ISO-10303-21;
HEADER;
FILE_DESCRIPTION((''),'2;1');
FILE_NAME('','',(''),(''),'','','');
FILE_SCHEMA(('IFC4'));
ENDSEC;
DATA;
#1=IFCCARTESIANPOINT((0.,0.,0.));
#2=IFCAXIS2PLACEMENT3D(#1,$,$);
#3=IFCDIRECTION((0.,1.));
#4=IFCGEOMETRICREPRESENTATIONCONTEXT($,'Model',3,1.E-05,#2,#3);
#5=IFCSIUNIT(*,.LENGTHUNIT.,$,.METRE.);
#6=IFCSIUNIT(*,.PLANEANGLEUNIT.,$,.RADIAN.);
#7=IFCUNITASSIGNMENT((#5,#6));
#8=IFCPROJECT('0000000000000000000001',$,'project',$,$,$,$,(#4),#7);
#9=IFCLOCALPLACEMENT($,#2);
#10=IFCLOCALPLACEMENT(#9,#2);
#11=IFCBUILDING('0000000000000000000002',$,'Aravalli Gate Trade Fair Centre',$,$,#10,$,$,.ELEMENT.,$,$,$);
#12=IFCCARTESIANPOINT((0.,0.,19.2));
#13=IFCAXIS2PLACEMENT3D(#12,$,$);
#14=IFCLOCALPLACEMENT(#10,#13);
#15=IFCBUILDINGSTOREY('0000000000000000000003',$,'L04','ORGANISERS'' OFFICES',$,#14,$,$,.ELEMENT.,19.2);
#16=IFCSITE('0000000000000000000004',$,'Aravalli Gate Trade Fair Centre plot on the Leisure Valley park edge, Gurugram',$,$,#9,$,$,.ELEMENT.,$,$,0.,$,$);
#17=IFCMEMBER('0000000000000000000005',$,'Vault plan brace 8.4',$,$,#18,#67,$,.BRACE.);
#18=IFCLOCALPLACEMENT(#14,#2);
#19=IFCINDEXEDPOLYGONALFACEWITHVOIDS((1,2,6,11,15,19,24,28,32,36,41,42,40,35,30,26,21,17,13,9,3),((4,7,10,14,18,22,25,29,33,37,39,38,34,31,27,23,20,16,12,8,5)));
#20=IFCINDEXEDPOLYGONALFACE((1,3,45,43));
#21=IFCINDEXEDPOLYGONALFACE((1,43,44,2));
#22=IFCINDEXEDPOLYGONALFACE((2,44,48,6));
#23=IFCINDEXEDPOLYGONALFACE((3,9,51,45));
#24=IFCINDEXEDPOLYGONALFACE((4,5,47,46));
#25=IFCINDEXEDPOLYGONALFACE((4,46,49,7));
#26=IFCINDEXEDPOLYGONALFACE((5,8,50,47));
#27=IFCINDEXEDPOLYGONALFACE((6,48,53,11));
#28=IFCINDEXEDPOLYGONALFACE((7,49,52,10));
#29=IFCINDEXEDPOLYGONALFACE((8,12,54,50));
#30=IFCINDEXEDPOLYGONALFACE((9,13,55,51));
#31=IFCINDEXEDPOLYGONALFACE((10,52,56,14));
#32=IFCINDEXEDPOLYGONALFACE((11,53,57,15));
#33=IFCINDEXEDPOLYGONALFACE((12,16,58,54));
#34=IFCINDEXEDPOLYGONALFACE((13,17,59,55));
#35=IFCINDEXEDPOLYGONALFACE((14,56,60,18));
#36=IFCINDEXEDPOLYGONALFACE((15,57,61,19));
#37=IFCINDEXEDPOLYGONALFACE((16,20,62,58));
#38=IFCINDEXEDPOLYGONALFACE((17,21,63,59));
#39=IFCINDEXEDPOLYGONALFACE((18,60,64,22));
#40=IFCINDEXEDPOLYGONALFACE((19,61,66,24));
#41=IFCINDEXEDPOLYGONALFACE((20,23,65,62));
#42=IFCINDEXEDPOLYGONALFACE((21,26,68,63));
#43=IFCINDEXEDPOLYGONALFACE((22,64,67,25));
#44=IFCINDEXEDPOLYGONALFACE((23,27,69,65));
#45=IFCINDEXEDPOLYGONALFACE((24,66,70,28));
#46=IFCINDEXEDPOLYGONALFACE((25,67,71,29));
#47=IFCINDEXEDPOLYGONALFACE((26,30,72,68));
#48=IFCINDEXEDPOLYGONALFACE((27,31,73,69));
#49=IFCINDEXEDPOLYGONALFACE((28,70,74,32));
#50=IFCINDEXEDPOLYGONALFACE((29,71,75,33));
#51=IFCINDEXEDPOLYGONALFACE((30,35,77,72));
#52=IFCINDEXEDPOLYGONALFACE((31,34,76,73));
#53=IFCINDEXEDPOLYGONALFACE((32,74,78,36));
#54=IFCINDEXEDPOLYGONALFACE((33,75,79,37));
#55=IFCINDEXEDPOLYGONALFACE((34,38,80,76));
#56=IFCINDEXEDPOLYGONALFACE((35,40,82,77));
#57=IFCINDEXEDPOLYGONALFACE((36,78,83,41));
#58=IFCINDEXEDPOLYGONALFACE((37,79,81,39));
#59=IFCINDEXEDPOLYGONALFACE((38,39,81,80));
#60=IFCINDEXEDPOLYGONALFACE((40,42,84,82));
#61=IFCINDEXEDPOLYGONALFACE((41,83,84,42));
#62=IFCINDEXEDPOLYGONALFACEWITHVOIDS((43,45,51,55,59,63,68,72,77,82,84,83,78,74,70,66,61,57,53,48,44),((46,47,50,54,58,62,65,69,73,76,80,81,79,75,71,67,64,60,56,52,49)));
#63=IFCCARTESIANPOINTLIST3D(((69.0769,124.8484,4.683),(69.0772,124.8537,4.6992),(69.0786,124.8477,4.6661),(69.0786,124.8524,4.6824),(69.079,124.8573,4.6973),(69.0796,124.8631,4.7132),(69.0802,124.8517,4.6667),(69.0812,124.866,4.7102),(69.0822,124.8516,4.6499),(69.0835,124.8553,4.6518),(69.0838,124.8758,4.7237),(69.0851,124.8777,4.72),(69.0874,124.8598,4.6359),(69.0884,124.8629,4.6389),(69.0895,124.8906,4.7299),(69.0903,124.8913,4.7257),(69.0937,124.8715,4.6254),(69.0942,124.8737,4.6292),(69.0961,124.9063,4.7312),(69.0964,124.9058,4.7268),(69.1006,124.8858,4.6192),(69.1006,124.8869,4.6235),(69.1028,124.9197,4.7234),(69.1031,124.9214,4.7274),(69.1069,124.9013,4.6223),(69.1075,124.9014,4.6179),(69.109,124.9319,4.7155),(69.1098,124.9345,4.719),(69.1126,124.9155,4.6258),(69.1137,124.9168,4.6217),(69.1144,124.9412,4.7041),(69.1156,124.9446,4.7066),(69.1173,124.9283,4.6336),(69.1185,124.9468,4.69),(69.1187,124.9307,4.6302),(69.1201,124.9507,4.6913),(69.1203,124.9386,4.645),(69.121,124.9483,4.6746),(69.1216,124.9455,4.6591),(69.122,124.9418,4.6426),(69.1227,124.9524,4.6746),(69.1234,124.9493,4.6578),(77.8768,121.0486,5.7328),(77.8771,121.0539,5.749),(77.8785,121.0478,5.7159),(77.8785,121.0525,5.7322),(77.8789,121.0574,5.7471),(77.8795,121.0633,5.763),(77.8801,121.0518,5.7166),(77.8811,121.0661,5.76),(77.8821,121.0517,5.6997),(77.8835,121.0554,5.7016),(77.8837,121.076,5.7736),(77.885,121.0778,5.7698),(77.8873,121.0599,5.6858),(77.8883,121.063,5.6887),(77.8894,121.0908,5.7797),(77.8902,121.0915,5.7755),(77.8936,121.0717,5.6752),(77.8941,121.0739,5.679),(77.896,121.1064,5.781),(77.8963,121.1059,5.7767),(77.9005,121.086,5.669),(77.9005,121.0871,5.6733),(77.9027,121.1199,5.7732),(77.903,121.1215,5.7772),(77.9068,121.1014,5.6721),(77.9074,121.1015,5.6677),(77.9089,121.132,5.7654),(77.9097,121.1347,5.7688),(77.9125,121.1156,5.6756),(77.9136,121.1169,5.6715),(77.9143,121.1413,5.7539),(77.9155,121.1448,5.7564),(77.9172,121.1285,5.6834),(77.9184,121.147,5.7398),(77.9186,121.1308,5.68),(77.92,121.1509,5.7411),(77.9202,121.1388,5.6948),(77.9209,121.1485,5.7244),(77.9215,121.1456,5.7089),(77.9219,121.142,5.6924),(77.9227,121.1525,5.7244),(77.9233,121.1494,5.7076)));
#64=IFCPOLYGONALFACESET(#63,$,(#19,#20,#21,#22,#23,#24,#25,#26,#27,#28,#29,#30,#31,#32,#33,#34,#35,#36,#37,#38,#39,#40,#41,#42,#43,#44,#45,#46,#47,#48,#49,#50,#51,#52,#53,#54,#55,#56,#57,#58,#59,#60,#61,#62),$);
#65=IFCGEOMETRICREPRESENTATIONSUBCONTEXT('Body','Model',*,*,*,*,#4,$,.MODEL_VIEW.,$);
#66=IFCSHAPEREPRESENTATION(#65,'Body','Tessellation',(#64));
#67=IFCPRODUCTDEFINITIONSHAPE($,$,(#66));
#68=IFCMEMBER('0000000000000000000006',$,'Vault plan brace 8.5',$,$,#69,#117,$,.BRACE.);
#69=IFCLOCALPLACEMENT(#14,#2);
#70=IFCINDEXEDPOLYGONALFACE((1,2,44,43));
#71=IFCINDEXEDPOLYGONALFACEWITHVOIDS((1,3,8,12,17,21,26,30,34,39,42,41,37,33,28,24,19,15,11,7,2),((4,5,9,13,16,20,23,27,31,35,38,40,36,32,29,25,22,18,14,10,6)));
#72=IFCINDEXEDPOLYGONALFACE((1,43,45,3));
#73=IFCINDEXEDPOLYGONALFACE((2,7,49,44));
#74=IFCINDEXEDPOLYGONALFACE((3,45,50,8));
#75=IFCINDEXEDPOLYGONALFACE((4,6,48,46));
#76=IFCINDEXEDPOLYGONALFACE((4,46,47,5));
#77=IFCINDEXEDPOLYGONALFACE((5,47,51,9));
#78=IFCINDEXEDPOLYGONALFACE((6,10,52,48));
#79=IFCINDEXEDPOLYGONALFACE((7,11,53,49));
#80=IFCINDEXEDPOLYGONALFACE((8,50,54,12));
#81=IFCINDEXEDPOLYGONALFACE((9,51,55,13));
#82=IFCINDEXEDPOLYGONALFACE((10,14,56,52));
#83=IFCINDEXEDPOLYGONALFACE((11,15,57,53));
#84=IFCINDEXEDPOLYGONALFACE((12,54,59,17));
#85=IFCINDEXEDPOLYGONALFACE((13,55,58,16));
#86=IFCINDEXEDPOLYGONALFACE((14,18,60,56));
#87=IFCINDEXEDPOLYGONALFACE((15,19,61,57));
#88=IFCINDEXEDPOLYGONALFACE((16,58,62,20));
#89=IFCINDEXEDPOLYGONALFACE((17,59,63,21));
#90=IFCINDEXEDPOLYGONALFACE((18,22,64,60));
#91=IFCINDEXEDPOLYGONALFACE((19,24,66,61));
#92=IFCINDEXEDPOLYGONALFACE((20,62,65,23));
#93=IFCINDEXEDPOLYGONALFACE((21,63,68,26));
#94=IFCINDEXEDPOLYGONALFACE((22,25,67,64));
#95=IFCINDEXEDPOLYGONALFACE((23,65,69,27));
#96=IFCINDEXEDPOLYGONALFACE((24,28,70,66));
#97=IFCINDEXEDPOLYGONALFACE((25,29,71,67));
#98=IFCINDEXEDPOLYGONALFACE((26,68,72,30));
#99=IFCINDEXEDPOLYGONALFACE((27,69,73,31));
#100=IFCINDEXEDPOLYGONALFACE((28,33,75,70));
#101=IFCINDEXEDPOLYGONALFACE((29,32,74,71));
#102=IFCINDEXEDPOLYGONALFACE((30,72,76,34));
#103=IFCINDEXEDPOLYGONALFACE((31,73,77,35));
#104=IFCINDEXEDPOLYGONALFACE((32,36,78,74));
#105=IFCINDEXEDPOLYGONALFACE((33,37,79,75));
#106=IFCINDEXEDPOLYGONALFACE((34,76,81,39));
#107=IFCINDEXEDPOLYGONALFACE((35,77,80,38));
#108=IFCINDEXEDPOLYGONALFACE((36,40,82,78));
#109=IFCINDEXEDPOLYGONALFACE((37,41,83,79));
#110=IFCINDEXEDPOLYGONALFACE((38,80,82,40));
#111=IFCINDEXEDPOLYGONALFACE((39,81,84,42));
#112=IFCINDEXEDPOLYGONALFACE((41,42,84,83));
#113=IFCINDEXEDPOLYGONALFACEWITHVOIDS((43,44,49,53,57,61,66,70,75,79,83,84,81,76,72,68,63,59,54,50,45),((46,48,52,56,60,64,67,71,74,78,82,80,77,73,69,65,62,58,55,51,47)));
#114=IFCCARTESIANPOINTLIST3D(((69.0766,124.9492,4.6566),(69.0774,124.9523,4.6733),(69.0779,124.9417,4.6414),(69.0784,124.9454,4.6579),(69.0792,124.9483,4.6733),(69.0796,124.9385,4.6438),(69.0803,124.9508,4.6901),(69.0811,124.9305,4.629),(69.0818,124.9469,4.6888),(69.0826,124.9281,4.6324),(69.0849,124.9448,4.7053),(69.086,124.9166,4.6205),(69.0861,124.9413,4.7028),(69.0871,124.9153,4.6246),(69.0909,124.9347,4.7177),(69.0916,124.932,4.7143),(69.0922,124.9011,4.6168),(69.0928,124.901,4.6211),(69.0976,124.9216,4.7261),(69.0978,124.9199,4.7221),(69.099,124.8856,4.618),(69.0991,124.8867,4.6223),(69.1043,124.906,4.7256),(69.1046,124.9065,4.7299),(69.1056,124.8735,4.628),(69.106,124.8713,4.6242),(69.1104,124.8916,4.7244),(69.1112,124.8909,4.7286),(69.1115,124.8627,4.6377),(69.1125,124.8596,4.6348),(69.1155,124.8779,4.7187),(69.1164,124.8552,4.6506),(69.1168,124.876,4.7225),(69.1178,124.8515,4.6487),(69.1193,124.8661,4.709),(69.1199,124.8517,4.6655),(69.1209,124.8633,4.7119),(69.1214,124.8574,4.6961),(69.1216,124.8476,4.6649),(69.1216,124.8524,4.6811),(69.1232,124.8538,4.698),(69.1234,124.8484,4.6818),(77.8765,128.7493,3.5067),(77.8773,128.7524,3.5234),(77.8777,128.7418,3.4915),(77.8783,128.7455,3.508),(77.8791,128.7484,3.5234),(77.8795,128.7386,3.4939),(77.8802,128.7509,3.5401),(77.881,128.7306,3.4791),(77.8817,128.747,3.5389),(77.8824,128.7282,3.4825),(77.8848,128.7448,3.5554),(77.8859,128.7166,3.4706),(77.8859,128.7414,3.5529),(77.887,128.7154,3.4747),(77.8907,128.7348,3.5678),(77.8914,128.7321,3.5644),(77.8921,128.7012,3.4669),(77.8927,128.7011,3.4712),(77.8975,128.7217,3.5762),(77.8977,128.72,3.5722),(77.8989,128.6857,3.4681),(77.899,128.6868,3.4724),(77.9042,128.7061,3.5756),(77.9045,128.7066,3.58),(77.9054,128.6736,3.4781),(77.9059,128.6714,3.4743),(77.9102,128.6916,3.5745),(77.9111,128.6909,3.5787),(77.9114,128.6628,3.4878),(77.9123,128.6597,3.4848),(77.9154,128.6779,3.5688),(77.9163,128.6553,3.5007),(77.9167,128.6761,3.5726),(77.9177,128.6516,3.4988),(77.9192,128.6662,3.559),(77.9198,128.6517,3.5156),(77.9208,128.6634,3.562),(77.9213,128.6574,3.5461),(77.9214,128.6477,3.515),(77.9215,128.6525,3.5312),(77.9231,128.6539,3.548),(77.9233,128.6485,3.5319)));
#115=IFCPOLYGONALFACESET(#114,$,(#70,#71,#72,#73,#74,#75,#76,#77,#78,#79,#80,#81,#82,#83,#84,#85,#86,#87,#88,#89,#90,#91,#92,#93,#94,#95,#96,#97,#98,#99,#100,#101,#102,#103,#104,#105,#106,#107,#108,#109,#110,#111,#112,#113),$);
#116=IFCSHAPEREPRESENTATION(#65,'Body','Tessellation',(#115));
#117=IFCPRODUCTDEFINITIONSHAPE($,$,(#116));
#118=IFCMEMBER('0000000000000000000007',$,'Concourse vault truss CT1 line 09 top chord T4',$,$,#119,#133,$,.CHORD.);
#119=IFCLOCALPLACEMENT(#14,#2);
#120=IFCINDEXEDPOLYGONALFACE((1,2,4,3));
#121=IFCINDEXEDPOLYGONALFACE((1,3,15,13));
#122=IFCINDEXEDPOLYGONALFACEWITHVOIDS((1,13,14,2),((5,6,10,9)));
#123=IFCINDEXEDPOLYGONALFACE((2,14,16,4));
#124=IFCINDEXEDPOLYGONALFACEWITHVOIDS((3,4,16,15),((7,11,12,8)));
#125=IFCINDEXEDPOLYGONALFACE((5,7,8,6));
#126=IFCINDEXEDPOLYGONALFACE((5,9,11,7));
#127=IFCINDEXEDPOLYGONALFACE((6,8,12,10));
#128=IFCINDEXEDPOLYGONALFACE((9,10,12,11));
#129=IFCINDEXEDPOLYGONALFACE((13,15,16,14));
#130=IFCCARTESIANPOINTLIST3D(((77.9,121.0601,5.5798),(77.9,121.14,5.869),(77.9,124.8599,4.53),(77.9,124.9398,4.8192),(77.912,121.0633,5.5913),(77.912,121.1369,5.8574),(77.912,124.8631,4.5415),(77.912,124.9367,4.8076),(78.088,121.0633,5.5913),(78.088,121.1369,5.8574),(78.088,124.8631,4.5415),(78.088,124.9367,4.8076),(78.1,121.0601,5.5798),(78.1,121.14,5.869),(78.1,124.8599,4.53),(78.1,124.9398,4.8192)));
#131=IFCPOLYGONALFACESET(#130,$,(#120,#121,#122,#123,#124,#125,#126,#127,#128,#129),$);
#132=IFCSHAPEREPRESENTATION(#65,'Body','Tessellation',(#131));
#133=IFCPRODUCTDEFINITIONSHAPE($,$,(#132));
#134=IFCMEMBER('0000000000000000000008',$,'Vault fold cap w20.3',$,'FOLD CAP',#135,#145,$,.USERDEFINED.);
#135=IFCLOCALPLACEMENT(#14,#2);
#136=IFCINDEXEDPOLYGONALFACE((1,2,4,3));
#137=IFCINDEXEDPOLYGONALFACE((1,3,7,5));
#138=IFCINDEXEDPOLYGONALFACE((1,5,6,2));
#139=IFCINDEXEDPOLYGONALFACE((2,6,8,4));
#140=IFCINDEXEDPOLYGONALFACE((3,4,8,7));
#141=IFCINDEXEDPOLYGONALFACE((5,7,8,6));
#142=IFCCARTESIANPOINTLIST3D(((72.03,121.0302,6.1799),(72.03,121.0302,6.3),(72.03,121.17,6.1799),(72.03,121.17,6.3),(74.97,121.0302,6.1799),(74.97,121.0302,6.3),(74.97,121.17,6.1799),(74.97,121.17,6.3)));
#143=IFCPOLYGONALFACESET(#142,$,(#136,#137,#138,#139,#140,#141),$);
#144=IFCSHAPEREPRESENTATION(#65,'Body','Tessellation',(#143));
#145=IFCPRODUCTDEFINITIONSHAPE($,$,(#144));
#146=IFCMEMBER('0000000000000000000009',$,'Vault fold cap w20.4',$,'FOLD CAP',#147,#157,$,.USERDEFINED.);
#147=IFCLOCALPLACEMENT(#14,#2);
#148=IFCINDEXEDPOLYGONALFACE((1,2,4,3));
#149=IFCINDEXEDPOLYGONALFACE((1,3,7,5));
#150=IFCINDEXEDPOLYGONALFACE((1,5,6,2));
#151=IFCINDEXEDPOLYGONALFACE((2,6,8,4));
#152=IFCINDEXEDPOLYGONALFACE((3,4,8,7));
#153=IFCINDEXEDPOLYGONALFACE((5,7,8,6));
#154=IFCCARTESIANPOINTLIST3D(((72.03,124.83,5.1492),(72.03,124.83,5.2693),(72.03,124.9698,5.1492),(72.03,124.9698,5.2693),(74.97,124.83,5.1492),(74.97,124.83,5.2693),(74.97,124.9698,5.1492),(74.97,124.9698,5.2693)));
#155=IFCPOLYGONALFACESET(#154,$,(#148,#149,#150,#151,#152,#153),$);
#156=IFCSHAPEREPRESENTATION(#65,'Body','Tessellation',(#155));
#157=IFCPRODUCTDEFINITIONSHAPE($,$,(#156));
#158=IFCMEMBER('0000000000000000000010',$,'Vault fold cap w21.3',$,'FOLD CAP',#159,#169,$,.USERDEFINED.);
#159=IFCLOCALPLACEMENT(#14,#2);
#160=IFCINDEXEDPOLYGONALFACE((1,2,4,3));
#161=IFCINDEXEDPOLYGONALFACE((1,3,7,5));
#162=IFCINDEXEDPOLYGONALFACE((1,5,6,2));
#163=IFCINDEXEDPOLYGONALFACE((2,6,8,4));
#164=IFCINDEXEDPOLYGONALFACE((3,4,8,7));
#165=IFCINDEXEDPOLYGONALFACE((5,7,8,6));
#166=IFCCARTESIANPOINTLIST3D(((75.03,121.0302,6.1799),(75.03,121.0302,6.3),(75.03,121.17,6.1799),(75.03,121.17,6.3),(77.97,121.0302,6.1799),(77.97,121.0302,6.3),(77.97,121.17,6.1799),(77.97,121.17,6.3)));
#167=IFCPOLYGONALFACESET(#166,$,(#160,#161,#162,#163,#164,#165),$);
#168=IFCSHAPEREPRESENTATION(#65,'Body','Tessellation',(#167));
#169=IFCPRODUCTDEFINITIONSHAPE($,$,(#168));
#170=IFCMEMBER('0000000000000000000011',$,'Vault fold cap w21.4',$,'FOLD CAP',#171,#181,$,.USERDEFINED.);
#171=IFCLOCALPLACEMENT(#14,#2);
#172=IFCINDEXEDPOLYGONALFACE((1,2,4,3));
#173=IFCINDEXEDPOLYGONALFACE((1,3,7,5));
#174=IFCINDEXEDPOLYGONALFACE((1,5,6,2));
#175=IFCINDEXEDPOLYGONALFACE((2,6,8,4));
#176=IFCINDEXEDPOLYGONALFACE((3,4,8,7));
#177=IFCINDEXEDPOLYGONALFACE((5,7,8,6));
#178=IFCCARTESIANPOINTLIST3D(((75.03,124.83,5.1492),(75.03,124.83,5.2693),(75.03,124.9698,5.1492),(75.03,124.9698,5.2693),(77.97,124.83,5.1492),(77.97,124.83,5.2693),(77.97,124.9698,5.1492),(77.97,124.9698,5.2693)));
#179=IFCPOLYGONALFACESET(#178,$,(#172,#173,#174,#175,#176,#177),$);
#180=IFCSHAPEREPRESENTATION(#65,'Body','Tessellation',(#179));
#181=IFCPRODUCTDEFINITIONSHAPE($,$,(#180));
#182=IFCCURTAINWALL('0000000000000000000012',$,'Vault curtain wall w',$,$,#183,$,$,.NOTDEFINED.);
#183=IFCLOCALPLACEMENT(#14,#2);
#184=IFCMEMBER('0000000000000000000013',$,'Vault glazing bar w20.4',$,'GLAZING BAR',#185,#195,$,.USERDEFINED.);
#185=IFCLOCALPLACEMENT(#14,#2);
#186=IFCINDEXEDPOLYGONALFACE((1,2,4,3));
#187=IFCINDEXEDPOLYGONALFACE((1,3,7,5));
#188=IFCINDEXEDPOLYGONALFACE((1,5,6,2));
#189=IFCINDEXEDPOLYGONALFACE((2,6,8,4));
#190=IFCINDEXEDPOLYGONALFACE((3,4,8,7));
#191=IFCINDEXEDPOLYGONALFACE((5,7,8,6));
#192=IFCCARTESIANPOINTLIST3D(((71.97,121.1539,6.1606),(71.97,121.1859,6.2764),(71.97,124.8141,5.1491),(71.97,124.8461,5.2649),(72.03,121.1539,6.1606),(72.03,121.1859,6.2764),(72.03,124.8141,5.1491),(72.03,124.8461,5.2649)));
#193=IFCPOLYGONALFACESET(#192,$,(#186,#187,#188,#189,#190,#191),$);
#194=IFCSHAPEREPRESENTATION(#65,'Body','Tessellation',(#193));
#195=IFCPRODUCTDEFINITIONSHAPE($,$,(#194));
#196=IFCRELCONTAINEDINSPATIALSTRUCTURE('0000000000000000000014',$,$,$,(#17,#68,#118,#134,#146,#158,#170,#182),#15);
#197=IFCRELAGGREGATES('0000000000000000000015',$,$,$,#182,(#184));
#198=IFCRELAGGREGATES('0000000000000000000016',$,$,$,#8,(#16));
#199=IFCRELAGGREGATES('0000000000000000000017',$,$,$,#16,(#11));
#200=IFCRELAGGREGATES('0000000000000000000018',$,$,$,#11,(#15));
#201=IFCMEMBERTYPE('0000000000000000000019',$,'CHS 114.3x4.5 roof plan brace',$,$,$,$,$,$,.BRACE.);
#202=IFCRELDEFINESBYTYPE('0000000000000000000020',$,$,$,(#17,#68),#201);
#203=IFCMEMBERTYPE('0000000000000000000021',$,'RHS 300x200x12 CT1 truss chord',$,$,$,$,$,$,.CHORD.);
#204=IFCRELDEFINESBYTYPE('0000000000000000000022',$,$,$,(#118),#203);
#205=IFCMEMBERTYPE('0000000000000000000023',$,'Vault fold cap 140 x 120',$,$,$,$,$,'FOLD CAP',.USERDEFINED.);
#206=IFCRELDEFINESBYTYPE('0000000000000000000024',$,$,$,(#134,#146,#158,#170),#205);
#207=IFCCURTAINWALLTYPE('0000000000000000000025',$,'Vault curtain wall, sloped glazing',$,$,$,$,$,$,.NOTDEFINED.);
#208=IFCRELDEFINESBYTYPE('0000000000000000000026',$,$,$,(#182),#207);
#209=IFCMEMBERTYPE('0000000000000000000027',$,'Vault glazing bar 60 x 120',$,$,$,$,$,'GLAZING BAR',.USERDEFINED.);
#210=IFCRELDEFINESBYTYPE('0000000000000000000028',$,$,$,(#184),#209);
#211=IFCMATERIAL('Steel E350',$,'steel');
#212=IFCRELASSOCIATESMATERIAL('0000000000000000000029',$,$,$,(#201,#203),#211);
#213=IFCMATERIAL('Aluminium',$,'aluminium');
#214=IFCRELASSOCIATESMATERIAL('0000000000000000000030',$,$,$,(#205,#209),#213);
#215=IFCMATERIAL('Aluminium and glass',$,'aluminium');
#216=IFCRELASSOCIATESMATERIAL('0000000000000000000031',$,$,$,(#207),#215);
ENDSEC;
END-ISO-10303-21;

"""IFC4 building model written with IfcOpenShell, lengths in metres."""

from ifc_helpers import new_model, si_unit, direction, frame, origin, origin_2d, place, context, subcontext, project, spatial, rectangle, hollow_rectangle, hollow_circle, extrude, material, material_profile, profile_set, type_object, element, aggregate, save


model = new_model("IFC4")

# Units and contexts
model_context = context("Model", 3, precision=1e-05, world=origin(), true_north=direction((0.0, 1.0)))
body_context = subcontext(model_context, "Body", "Model", "MODEL_VIEW")
ifc_project = project(units=[si_unit("LENGTHUNIT", "METRE"), si_unit("PLANEANGLEUNIT", "RADIAN")], contexts=[model_context])

# Site, building, storey
site_placement = place(None, origin())
site = spatial("IfcSite", under=ifc_project, at=site_placement, Name="Aravalli Gate Trade Fair Centre plot on the Leisure Valley park edge, Gurugram", CompositionType="ELEMENT", RefElevation=0.0)
building_placement = place(site_placement, origin())
building = spatial("IfcBuilding", under=site, at=building_placement, Name="Aravalli Gate Trade Fair Centre", CompositionType="ELEMENT")
storey_placement = place(building_placement, frame((0.0, 0.0, 19.2)))
storey = spatial("IfcBuildingStorey", under=building, at=storey_placement, Name="L04", Description="ORGANISERS' OFFICES", CompositionType="ELEMENT", Elevation=19.2)

# Members
ifc_material_1 = material(Name="Steel E350", Category="steel")
ifc_material_profile_1 = material_profile(ifc_material_1, hollow_circle(Radius=0.0571, WallThickness=0.0044, at=origin_2d()), Name="CHS 114.3x4.5")
ifc_profile_set_1 = profile_set([ifc_material_profile_1], Name="Steel E350")
member_type_1 = type_object("IfcMemberType", Name="CHS 114.3x4.5 roof plan brace", PredefinedType="BRACE", material=ifc_profile_set_1)
member_1_placement = place(storey_placement, frame((69.1001, 124.8999, 4.6746), z_axis=(0.912609, -0.39407, 0.108873), x_axis=(0.396426, 0.918067, 0.0)))
element("IfcMember", 1, at=member_1_placement, inside=storey, type_object=member_type_1, Name="Vault plan brace 8.4", PredefinedType="BRACE", context=body_context, shape_type="SweptSolid", body=[
    extrude(hollow_circle(Radius=0.0571, WallThickness=0.0044, at=origin_2d()), origin(), (0.0, 0.0, 1.0), 9.6426),
])
member_2_placement = place(storey_placement, frame((69.1001, 124.8999, 4.6733), z_axis=(0.911522, 0.393625, -0.119112), x_axis=(-0.396448, 0.918057, 0.0)))
element("IfcMember", 2, at=member_2_placement, inside=storey, type_object=member_type_1, Name="Vault plan brace 8.5", PredefinedType="BRACE", context=body_context, shape_type="SweptSolid", body=[
    extrude(hollow_circle(Radius=0.0571, WallThickness=0.0044, at=origin_2d()), origin(), (0.0, 0.0, 1.0), 9.6541),
])
ifc_material_profile_2 = material_profile(ifc_material_1, hollow_rectangle(XDim=0.2, YDim=0.3, WallThickness=0.012, at=origin_2d()), Name="RHS 300x200x12")
ifc_profile_set_2 = profile_set([ifc_material_profile_2], Name="Steel E350")
member_type_2 = type_object("IfcMemberType", Name="RHS 300x200x12 CT1 truss chord", PredefinedType="CHORD", material=ifc_profile_set_2)
member_3_placement = place(storey_placement, frame((78.0, 121.1001, 5.7244), z_axis=(0.0, 0.96389, -0.266302), x_axis=(-1.0, 0.0, 0.0)))
element("IfcMember", 3, at=member_3_placement, inside=storey, type_object=member_type_2, Name="Concourse vault truss CT1 line 09 top chord T4", PredefinedType="CHORD", context=body_context, shape_type="SweptSolid", body=[
    extrude(hollow_rectangle(XDim=0.2, YDim=0.3, WallThickness=0.012, at=origin_2d()), origin(), (0.0, 0.0, 1.0), 3.9421),
])
ifc_material_2 = material(Name="Aluminium", Category="aluminium")
ifc_material_profile_3 = material_profile(ifc_material_2, rectangle(XDim=0.1399, YDim=0.1201, at=origin_2d()), Name="Vault fold cap 140 x 120")
ifc_profile_set_3 = profile_set([ifc_material_profile_3], Name="Aluminium")
member_type_3 = type_object("IfcMemberType", Name="Vault fold cap 140 x 120", ElementType="FOLD CAP", PredefinedType="USERDEFINED", material=ifc_profile_set_3)
for number, where, z_axis, x_axis, name in (
    (4, (72.03, 121.1001, 6.24), (1.0, 0.0, 0.0), (0.0, 1.0, 0.0), "Vault fold cap w20.3"),
    (5, (72.03, 124.8999, 5.2092), (1.0, 0.0, 0.0), (0.0, 1.0, 0.0), "Vault fold cap w20.4"),
    (6, (75.03, 121.1001, 6.24), (1.0, 0.0, 0.0), (0.0, 1.0, 0.0), "Vault fold cap w21.3"),
    (7, (75.03, 124.8999, 5.2092), (1.0, 0.0, 0.0), (0.0, 1.0, 0.0), "Vault fold cap w21.4"),
):
    element("IfcMember", number, at=place(storey_placement, frame(where, z_axis=z_axis, x_axis=x_axis)), inside=storey, type_object=member_type_3, Name=name, ObjectType="FOLD CAP", PredefinedType="USERDEFINED", context=body_context, shape_type="SweptSolid", body=[
        extrude(rectangle(XDim=0.1399, YDim=0.1201, at=origin_2d()), origin(), (0.0, 0.0, 1.0), 2.9399),
    ])

# Curtain wall, member
ifc_material_3 = material(Name="Aluminium and glass", Category="aluminium")
curtain_wall_type = type_object("IfcCurtainWallType", Name="Vault curtain wall, sloped glazing", PredefinedType="NOTDEFINED", material=ifc_material_3)
curtain_wall_placement = place(storey_placement, origin())
curtain_wall = element("IfcCurtainWall", 8, at=curtain_wall_placement, inside=storey, type_object=curtain_wall_type, Name="Vault curtain wall w", PredefinedType="NOTDEFINED")
ifc_material_profile_4 = material_profile(ifc_material_2, rectangle(XDim=0.0601, YDim=0.1201, at=origin_2d()), Name="Vault glazing bar 60 x 120")
ifc_profile_set_4 = profile_set([ifc_material_profile_4], Name="Aluminium")
member_type_4 = type_object("IfcMemberType", Name="Vault glazing bar 60 x 120", ElementType="GLAZING BAR", PredefinedType="USERDEFINED", material=ifc_profile_set_4)
member_4_placement = place(storey_placement, frame((72.0, 121.1699, 6.2185), z_axis=(0.0, 0.963873, -0.266364), x_axis=(-1.0, 0.0, 0.0)))
member_4 = element("IfcMember", 9, at=member_4_placement, type_object=member_type_4, Name="Vault glazing bar w20.4", ObjectType="GLAZING BAR", PredefinedType="USERDEFINED", context=body_context, shape_type="SweptSolid", body=[
    extrude(rectangle(XDim=0.0601, YDim=0.1201, at=origin_2d()), origin(), (0.0, 0.0, 1.0), 3.7974),
])
aggregate(curtain_wall, [member_4])

save(model, "model.ifc")
